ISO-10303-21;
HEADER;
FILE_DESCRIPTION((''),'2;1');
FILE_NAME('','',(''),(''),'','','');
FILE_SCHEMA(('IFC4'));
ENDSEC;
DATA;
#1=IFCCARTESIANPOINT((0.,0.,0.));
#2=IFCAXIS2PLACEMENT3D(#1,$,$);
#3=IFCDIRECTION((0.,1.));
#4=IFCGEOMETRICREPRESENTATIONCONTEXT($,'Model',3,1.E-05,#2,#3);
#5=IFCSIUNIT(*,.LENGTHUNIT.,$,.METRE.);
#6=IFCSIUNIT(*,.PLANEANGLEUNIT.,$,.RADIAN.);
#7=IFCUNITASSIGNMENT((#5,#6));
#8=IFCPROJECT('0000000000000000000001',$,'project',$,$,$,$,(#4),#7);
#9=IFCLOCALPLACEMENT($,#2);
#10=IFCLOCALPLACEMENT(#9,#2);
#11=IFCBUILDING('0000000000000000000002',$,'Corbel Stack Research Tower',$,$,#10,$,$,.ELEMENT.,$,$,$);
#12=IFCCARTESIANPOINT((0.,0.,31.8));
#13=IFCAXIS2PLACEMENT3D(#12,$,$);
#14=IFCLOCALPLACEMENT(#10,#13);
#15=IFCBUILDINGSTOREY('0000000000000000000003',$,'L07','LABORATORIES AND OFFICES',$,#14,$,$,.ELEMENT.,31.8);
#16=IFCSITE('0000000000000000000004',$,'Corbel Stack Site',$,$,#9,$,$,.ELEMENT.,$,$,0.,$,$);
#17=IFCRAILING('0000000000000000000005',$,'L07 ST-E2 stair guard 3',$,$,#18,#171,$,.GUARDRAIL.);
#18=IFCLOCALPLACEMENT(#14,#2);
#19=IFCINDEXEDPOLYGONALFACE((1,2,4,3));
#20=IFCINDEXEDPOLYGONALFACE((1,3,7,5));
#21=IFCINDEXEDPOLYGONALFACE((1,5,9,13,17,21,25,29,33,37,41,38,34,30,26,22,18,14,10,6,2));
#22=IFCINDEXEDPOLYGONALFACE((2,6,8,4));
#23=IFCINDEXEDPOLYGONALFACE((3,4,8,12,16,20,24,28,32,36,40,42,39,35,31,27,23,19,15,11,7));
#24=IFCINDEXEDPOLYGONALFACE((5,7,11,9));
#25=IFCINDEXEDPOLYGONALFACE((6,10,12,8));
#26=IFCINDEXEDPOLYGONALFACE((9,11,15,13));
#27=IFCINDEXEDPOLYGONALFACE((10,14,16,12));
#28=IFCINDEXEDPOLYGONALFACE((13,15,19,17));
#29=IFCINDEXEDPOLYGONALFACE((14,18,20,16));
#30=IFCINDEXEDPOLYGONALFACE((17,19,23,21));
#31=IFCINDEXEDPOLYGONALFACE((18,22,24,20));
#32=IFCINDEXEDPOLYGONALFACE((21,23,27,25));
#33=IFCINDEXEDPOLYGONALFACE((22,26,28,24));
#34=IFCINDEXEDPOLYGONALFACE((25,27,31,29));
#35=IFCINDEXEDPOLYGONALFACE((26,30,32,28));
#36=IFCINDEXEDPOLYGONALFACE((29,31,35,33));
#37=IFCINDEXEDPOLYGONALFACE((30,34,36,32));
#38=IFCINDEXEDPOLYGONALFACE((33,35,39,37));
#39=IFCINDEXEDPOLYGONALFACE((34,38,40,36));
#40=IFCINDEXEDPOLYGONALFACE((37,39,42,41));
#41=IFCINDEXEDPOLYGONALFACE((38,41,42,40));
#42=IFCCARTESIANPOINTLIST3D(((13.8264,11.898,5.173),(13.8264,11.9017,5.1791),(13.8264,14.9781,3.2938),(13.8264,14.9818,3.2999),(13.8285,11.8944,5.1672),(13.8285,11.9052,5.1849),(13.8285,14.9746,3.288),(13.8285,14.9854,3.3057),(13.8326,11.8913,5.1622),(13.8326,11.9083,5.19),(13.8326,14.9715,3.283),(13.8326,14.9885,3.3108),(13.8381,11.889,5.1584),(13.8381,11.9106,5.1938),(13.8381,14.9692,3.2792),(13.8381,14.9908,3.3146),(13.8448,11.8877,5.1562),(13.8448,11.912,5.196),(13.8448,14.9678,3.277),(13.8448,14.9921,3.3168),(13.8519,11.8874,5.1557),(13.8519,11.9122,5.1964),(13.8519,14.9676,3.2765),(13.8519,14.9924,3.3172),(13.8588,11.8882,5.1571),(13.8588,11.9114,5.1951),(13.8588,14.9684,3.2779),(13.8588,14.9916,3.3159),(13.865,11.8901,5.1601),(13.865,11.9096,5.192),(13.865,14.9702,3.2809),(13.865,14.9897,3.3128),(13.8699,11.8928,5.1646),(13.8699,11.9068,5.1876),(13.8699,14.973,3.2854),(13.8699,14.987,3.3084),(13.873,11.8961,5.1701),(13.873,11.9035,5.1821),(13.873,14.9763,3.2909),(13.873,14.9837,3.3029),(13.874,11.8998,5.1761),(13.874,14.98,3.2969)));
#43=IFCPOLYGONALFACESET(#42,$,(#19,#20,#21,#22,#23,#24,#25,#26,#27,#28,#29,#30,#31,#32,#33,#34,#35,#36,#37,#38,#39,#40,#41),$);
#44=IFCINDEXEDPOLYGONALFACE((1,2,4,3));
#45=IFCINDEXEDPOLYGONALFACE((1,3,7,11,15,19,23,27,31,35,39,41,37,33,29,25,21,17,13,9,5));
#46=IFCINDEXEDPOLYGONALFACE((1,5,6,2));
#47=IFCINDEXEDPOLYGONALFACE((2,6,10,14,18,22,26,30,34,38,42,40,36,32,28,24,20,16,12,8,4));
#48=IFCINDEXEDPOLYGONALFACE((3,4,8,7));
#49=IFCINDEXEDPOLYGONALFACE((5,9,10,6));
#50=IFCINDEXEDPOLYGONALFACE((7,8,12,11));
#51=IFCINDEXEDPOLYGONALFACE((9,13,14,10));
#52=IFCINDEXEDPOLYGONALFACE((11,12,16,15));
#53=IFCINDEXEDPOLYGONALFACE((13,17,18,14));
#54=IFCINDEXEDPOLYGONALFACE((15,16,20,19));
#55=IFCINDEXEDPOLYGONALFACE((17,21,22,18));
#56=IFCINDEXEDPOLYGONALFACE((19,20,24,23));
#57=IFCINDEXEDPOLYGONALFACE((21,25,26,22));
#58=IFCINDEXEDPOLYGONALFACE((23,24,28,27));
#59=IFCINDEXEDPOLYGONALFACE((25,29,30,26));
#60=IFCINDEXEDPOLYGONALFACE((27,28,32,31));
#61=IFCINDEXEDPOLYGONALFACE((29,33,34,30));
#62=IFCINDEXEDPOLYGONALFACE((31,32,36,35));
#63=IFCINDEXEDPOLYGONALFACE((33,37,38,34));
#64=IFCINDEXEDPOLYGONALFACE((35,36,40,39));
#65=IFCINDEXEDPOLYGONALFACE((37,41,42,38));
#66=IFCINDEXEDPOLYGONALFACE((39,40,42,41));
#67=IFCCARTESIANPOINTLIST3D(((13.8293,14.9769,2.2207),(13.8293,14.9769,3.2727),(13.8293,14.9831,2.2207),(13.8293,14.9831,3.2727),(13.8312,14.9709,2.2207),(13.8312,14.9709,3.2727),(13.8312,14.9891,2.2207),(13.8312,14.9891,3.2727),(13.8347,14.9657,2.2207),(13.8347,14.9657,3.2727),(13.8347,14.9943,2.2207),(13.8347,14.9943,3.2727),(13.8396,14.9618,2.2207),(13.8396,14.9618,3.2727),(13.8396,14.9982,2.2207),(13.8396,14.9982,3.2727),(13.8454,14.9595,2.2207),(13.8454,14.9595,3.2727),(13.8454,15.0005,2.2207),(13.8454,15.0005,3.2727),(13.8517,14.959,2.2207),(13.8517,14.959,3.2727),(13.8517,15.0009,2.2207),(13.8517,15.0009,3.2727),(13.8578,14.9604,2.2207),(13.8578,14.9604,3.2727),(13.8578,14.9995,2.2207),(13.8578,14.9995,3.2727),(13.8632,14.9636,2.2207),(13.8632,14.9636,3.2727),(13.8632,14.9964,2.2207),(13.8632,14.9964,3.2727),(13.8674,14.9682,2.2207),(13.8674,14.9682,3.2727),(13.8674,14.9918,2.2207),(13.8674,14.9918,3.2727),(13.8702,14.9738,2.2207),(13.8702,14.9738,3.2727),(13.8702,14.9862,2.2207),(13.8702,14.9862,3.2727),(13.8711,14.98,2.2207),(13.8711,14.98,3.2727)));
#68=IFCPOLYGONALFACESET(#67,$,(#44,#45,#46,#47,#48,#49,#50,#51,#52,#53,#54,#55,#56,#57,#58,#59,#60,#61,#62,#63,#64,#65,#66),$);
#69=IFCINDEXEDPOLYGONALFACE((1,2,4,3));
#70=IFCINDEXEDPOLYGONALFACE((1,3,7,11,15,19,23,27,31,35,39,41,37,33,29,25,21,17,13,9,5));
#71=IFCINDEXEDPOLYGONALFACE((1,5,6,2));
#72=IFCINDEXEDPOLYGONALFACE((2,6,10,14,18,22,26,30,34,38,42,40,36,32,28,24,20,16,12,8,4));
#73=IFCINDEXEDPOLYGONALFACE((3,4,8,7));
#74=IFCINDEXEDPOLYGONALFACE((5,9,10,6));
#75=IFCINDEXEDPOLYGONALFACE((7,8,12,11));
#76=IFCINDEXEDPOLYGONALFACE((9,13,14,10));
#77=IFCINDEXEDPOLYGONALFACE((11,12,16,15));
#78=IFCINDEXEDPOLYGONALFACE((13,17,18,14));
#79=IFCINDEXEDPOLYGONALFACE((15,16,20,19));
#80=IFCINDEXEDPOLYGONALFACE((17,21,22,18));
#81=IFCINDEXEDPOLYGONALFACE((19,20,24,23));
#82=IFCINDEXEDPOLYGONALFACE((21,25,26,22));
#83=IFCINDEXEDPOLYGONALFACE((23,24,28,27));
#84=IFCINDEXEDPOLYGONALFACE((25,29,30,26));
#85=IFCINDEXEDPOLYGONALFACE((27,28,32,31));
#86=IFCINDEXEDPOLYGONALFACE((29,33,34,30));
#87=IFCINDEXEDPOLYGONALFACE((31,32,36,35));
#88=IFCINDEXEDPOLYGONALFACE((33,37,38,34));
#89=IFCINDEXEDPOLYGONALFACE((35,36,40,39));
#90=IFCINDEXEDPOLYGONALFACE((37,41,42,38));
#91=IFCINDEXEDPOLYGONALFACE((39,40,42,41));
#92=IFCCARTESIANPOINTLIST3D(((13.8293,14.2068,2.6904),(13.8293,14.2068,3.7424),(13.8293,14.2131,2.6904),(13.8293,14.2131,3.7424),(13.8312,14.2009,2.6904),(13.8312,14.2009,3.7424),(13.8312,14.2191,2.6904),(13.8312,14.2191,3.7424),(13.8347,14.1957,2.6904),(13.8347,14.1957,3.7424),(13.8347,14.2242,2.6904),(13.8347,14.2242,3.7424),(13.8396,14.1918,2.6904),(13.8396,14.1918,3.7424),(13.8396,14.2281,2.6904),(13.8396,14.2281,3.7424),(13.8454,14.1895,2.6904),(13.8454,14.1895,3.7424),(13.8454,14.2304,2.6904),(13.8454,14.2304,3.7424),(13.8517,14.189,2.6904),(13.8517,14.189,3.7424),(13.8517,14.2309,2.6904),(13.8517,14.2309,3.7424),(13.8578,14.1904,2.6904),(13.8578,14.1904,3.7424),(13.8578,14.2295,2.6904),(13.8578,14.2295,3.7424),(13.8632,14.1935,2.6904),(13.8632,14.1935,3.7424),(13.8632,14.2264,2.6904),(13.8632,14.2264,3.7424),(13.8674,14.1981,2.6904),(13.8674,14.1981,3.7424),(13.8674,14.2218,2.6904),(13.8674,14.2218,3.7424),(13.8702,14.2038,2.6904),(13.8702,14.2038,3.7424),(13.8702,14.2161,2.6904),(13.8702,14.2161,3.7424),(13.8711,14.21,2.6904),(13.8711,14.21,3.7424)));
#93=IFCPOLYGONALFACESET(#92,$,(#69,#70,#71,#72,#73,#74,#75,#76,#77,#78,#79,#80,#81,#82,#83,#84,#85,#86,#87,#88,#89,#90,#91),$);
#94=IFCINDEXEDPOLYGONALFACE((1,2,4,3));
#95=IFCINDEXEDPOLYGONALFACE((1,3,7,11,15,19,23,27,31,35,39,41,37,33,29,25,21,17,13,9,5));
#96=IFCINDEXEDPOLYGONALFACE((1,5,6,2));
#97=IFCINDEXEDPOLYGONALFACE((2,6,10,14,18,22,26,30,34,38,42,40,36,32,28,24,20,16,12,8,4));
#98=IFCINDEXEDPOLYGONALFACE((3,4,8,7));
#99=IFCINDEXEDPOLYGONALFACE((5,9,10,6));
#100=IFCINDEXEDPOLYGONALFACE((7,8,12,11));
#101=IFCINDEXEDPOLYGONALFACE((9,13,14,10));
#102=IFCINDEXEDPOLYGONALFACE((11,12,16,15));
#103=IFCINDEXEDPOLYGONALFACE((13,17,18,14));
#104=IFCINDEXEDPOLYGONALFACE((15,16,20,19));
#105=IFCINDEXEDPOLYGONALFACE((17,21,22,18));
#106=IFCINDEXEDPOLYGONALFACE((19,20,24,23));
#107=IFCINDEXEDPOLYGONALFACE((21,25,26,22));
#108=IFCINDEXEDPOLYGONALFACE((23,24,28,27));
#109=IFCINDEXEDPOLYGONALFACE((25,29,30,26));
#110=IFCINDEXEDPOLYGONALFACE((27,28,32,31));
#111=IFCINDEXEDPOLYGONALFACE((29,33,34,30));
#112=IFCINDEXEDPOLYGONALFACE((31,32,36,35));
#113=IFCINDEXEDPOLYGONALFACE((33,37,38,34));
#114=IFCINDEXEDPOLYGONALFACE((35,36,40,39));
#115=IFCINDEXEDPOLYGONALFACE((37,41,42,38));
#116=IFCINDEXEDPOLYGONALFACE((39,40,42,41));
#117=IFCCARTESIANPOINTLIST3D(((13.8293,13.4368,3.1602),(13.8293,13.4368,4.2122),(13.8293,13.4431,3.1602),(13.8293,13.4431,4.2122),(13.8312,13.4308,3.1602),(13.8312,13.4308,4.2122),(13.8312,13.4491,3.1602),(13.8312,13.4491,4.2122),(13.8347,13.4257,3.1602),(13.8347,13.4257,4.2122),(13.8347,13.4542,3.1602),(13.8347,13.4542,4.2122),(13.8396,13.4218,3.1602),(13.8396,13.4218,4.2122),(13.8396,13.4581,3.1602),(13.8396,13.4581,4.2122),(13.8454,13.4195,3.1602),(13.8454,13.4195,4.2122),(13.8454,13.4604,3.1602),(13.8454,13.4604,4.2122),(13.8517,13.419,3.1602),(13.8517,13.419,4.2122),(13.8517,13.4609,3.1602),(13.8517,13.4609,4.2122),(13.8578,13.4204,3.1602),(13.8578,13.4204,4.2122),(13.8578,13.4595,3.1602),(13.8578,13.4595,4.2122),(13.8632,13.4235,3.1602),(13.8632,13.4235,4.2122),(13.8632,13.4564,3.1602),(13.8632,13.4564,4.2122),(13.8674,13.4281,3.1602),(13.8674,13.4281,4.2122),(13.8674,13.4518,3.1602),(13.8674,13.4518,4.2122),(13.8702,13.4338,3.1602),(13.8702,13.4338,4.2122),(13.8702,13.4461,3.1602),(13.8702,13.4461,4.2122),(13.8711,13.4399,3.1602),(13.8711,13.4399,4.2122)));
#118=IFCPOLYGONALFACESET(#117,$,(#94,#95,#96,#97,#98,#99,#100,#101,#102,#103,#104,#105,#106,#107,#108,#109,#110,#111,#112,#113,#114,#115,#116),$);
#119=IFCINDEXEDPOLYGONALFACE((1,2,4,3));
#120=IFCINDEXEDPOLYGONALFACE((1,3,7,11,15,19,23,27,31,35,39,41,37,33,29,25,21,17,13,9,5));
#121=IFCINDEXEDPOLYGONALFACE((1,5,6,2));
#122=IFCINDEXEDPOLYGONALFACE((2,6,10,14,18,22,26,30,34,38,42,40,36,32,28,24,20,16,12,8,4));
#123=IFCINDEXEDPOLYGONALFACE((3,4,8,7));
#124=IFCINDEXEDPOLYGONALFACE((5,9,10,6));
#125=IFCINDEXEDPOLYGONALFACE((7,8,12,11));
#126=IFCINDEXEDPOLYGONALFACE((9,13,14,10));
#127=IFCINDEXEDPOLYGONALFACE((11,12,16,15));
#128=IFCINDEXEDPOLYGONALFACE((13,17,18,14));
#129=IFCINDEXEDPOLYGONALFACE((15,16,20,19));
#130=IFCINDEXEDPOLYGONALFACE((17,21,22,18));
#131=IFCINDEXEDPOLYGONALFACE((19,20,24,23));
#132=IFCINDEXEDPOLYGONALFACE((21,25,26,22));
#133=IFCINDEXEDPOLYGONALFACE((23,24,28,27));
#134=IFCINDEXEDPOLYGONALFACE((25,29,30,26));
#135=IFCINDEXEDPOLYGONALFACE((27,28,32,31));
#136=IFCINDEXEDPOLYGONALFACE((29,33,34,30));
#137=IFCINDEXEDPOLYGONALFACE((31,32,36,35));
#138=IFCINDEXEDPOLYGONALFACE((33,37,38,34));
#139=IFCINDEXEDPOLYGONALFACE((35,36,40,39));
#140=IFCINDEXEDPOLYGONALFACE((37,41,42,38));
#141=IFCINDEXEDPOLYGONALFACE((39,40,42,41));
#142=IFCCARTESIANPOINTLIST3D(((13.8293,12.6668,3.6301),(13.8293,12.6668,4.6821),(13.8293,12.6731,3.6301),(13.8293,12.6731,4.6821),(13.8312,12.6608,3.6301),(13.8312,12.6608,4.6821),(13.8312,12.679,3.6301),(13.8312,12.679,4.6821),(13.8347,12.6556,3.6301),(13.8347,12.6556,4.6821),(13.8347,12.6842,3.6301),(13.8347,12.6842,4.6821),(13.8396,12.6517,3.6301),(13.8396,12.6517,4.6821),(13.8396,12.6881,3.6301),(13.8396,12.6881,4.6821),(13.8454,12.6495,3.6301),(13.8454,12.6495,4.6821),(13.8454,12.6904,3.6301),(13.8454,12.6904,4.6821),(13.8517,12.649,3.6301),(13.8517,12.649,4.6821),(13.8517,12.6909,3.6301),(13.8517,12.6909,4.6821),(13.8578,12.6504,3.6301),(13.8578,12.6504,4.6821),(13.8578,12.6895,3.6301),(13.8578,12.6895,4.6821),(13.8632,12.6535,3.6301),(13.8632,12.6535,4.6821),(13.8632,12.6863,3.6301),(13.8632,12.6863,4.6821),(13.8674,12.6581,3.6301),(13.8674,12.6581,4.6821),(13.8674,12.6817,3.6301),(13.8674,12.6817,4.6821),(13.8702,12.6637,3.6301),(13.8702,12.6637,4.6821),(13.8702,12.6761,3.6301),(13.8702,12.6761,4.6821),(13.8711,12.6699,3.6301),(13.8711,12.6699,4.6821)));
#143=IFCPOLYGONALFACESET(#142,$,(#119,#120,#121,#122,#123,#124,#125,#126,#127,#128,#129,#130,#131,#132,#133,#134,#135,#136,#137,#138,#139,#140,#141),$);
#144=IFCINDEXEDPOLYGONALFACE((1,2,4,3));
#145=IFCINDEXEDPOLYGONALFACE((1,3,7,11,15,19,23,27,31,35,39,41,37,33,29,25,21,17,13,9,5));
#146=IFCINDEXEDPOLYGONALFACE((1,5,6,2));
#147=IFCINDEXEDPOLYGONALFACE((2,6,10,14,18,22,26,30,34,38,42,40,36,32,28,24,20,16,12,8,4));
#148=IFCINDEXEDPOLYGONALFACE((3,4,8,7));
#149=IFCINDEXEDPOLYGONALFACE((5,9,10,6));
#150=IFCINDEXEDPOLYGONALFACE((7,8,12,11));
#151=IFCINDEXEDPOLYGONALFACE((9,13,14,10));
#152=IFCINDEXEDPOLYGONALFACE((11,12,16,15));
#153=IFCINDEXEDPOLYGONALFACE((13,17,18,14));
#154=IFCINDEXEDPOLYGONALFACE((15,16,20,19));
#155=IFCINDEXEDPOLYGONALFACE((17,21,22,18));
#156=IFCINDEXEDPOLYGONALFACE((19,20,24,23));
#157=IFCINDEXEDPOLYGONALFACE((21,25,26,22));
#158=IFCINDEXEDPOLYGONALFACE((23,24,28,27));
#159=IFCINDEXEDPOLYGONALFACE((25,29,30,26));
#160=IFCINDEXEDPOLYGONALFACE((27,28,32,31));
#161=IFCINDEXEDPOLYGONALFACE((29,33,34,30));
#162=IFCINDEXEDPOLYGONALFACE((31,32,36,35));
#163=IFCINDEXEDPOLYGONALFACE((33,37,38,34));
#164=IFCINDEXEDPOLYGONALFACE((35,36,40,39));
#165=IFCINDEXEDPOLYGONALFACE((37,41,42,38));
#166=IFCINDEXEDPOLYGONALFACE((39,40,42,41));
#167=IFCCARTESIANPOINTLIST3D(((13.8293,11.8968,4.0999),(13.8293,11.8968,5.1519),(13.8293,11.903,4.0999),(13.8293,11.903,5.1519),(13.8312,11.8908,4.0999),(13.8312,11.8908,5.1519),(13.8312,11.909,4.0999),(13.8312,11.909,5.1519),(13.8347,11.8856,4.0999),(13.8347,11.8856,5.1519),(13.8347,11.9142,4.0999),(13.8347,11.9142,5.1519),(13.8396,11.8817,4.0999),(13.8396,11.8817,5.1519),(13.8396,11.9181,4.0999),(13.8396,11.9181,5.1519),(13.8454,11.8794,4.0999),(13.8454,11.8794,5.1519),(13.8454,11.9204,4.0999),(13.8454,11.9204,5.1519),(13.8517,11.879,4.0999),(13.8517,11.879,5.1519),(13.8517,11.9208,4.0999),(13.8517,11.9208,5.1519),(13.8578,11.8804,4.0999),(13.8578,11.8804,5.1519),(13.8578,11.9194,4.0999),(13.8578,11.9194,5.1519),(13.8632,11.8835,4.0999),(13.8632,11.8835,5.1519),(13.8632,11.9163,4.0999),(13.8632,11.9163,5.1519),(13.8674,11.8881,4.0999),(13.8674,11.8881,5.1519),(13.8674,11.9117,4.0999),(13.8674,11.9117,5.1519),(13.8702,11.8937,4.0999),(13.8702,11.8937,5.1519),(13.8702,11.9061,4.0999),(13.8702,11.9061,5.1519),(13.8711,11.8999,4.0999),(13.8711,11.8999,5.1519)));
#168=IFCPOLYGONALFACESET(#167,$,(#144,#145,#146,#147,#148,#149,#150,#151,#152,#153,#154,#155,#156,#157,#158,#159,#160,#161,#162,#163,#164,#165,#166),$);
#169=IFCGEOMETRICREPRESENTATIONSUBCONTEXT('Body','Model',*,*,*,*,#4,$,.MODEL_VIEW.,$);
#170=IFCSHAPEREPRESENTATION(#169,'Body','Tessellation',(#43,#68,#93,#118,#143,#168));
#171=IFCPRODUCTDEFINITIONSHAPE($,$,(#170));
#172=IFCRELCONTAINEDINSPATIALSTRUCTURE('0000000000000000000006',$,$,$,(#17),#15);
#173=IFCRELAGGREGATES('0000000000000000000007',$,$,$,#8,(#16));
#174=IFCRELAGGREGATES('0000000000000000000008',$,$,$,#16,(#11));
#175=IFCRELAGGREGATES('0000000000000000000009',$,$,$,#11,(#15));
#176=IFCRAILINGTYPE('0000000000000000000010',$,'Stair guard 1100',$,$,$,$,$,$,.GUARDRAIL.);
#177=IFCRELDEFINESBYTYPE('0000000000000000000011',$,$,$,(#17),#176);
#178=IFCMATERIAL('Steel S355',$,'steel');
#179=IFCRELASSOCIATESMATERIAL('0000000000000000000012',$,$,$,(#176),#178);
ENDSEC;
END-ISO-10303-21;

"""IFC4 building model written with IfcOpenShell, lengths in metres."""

from ifc_helpers import new_model, si_unit, direction, frame, origin, origin_2d, place, context, subcontext, project, spatial, circle, extrude, material, type_object, element, save


model = new_model("IFC4")

# Units and contexts
model_context = context("Model", 3, precision=1e-05, world=origin(), true_north=direction((0.0, 1.0)))
body_context = subcontext(model_context, "Body", "Model", "MODEL_VIEW")
ifc_project = project(units=[si_unit("LENGTHUNIT", "METRE"), si_unit("PLANEANGLEUNIT", "RADIAN")], contexts=[model_context])

# Site, building, storey
site_placement = place(None, origin())
site = spatial("IfcSite", under=ifc_project, at=site_placement, Name="Corbel Stack Site", CompositionType="ELEMENT", RefElevation=0.0)
building_placement = place(site_placement, origin())
building = spatial("IfcBuilding", under=site, at=building_placement, Name="Corbel Stack Research Tower", CompositionType="ELEMENT")
storey_placement = place(building_placement, frame((0.0, 0.0, 31.8)))
storey = spatial("IfcBuildingStorey", under=building, at=storey_placement, Name="L07", Description="LABORATORIES AND OFFICES", CompositionType="ELEMENT", Elevation=31.8)

# Railing
ifc_material_1 = material(Name="Steel S355", Category="steel")
railing_type = type_object("IfcRailingType", Name="Stair guard 1100", PredefinedType="GUARDRAIL", material=ifc_material_1)
railing_1_placement = place(storey_placement, frame((13.8501, 14.98, 2.2207)))
element("IfcRailing", 1, at=railing_1_placement, inside=storey, type_object=railing_type, Name="L07 ST-E2 stair guard 3", PredefinedType="GUARDRAIL", context=body_context, shape_type="SweptSolid", body=[
    extrude(circle(Radius=0.0239, at=origin_2d()), frame((0.0, 0.0, 1.0762), z_axis=(0.0, -0.853666, 0.52082), x_axis=(1.0, 0.0, 0.0)), (0.0, 0.0, 1.0), 3.6082),
    extrude(circle(Radius=0.021, at=origin_2d()), origin(), (0.0, 0.0, 1.0), 1.052),
    extrude(circle(Radius=0.021, at=origin_2d()), frame((0.0, -0.77, 0.4697)), (0.0, 0.0, 1.0), 1.052),
    extrude(circle(Radius=0.021, at=origin_2d()), frame((0.0, -1.54, 0.9395)), (0.0, 0.0, 1.0), 1.052),
    extrude(circle(Radius=0.021, at=origin_2d()), frame((0.0, -2.3101, 1.4094)), (0.0, 0.0, 1.0), 1.052),
    extrude(circle(Radius=0.021, at=origin_2d()), frame((0.0, -3.0801, 1.8792)), (0.0, 0.0, 1.0), 1.052),
])

save(model, "model.ifc")
